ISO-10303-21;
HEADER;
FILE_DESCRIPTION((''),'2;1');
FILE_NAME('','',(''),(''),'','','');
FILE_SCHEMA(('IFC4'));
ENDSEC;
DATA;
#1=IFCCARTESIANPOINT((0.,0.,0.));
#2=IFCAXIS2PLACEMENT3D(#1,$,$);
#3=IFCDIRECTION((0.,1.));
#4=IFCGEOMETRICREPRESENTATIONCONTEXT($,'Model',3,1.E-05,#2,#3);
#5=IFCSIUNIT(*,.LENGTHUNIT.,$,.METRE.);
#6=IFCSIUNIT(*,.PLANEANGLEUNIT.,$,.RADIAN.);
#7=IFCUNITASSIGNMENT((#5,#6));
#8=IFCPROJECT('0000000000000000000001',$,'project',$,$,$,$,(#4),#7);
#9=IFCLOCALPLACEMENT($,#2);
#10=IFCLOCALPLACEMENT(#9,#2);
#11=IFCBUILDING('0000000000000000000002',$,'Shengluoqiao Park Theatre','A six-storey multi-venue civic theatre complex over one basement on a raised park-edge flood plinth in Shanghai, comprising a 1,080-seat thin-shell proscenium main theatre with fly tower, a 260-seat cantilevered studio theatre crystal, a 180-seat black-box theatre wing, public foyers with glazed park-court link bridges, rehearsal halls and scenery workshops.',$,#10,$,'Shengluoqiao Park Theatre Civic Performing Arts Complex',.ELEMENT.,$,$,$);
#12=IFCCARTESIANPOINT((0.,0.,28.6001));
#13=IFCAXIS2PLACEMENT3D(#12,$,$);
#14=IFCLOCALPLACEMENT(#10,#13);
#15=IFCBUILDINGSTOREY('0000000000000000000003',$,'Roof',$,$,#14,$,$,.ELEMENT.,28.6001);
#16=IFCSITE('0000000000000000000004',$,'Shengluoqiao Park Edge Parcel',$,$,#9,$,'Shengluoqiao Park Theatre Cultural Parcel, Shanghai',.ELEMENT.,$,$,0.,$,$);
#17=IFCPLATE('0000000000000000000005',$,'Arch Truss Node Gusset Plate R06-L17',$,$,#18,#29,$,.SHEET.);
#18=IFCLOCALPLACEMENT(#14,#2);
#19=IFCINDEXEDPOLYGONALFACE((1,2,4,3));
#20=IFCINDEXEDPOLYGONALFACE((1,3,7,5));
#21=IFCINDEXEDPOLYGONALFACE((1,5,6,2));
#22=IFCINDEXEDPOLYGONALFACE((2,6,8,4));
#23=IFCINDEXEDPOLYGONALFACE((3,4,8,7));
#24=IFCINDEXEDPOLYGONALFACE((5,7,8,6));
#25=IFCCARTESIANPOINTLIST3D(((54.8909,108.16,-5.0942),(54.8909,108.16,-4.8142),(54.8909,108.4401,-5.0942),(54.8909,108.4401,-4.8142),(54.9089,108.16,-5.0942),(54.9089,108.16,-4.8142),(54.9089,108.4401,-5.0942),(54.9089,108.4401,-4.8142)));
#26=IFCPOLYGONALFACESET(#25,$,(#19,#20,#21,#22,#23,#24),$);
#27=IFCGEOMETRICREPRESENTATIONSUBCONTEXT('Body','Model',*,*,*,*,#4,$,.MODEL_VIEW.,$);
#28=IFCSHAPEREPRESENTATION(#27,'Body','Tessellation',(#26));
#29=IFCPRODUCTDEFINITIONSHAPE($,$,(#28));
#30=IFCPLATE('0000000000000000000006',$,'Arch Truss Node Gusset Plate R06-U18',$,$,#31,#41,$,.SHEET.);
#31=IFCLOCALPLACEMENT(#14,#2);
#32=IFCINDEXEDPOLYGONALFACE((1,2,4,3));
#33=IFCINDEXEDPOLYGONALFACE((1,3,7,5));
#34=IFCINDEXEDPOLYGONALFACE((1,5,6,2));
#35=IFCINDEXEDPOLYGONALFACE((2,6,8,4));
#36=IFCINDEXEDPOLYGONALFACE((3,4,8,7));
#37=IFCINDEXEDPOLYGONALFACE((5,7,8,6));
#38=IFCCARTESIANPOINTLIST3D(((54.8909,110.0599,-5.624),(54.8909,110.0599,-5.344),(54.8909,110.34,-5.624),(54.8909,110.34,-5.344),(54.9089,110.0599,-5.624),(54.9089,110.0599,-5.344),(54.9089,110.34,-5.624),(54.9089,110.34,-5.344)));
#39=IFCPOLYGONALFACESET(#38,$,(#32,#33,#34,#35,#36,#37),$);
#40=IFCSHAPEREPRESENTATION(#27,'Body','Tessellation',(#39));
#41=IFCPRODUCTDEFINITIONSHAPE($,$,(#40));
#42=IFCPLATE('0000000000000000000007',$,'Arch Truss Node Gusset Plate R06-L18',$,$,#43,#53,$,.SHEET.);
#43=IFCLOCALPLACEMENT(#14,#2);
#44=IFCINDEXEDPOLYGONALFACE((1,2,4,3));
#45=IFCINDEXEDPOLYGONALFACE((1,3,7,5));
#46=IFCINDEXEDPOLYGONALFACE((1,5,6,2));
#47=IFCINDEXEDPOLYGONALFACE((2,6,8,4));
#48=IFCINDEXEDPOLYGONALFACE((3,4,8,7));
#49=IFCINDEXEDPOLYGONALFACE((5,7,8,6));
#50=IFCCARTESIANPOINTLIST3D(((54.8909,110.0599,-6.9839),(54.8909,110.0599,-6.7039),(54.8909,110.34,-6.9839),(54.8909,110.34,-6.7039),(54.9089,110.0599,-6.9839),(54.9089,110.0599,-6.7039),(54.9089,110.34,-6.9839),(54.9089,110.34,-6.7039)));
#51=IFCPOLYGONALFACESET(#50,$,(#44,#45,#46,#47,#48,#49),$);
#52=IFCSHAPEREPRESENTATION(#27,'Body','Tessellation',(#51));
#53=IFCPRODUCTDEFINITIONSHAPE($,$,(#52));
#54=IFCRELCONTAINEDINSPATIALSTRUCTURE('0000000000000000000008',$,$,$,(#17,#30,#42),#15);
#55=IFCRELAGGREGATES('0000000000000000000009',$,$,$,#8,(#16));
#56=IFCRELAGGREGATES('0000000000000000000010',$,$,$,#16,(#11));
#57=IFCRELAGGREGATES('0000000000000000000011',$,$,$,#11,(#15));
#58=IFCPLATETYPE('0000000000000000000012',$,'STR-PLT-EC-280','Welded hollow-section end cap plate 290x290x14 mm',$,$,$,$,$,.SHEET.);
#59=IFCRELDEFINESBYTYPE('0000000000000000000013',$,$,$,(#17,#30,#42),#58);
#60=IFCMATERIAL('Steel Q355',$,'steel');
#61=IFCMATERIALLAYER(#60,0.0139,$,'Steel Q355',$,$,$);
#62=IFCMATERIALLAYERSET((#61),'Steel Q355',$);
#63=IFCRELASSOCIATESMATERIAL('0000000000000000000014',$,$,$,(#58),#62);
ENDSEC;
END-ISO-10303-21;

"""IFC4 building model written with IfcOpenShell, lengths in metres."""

from ifc_helpers import new_model, si_unit, direction, frame, origin, origin_2d, place, context, subcontext, project, spatial, rectangle, extrude, material, layer, layer_set, type_object, element, save


model = new_model("IFC4")

# Units and contexts
model_context = context("Model", 3, precision=1e-05, world=origin(), true_north=direction((0.0, 1.0)))
body_context = subcontext(model_context, "Body", "Model", "MODEL_VIEW")
ifc_project = project(units=[si_unit("LENGTHUNIT", "METRE"), si_unit("PLANEANGLEUNIT", "RADIAN")], contexts=[model_context])

# Site, building, storey
site_placement = place(None, origin())
site = spatial("IfcSite", under=ifc_project, at=site_placement, Name="Shengluoqiao Park Edge Parcel", LongName="Shengluoqiao Park Theatre Cultural Parcel, Shanghai", CompositionType="ELEMENT", RefElevation=0.0)
building_placement = place(site_placement, origin())
building = spatial("IfcBuilding", under=site, at=building_placement, Name="Shengluoqiao Park Theatre", Description="A six-storey multi-venue civic theatre complex over one basement on a raised park-edge flood plinth in Shanghai, comprising a 1,080-seat thin-shell proscenium main theatre with fly tower, a 260-seat cantilevered studio theatre crystal, a 180-seat black-box theatre wing, public foyers with glazed park-court link bridges, rehearsal halls and scenery workshops.", LongName="Shengluoqiao Park Theatre Civic Performing Arts Complex", CompositionType="ELEMENT")
storey_placement = place(building_placement, frame((0.0, 0.0, 28.6001)))
storey = spatial("IfcBuildingStorey", under=building, at=storey_placement, Name="Roof", CompositionType="ELEMENT", Elevation=28.6001)

# Shared definitions
ifc_material_1 = material(Name="Steel Q355", Category="steel")

# Plates
ifc_layer = layer(ifc_material_1, 0.0139, Name="Steel Q355")
ifc_layer_set = layer_set([ifc_layer], Name="Steel Q355")
plate_type = type_object("IfcPlateType", Name="STR-PLT-EC-280", Description="Welded hollow-section end cap plate 290x290x14 mm", PredefinedType="SHEET", material=ifc_layer_set)
for number, where, z_axis, x_axis, name in (
    (1, (54.8999, 108.3, -5.0942), (0.0, 0.0, 1.0), (1.0, 0.0, 0.0), "Arch Truss Node Gusset Plate R06-L17"),
    (2, (54.8999, 110.2, -5.624), (0.0, 0.0, 1.0), (1.0, 0.0, 0.0), "Arch Truss Node Gusset Plate R06-U18"),
    (3, (54.8999, 110.2, -6.9839), (0.0, 0.0, 1.0), (1.0, 0.0, 0.0), "Arch Truss Node Gusset Plate R06-L18"),
):
    element("IfcPlate", number, at=place(storey_placement, frame(where, z_axis=z_axis, x_axis=x_axis)), inside=storey, type_object=plate_type, Name=name, PredefinedType="SHEET", context=body_context, shape_type="SweptSolid", body=[
        extrude(rectangle(XDim=0.0181, YDim=0.28, at=origin_2d()), origin(), (0.0, 0.0, 1.0), 0.28),
    ])

save(model, "model.ifc")
